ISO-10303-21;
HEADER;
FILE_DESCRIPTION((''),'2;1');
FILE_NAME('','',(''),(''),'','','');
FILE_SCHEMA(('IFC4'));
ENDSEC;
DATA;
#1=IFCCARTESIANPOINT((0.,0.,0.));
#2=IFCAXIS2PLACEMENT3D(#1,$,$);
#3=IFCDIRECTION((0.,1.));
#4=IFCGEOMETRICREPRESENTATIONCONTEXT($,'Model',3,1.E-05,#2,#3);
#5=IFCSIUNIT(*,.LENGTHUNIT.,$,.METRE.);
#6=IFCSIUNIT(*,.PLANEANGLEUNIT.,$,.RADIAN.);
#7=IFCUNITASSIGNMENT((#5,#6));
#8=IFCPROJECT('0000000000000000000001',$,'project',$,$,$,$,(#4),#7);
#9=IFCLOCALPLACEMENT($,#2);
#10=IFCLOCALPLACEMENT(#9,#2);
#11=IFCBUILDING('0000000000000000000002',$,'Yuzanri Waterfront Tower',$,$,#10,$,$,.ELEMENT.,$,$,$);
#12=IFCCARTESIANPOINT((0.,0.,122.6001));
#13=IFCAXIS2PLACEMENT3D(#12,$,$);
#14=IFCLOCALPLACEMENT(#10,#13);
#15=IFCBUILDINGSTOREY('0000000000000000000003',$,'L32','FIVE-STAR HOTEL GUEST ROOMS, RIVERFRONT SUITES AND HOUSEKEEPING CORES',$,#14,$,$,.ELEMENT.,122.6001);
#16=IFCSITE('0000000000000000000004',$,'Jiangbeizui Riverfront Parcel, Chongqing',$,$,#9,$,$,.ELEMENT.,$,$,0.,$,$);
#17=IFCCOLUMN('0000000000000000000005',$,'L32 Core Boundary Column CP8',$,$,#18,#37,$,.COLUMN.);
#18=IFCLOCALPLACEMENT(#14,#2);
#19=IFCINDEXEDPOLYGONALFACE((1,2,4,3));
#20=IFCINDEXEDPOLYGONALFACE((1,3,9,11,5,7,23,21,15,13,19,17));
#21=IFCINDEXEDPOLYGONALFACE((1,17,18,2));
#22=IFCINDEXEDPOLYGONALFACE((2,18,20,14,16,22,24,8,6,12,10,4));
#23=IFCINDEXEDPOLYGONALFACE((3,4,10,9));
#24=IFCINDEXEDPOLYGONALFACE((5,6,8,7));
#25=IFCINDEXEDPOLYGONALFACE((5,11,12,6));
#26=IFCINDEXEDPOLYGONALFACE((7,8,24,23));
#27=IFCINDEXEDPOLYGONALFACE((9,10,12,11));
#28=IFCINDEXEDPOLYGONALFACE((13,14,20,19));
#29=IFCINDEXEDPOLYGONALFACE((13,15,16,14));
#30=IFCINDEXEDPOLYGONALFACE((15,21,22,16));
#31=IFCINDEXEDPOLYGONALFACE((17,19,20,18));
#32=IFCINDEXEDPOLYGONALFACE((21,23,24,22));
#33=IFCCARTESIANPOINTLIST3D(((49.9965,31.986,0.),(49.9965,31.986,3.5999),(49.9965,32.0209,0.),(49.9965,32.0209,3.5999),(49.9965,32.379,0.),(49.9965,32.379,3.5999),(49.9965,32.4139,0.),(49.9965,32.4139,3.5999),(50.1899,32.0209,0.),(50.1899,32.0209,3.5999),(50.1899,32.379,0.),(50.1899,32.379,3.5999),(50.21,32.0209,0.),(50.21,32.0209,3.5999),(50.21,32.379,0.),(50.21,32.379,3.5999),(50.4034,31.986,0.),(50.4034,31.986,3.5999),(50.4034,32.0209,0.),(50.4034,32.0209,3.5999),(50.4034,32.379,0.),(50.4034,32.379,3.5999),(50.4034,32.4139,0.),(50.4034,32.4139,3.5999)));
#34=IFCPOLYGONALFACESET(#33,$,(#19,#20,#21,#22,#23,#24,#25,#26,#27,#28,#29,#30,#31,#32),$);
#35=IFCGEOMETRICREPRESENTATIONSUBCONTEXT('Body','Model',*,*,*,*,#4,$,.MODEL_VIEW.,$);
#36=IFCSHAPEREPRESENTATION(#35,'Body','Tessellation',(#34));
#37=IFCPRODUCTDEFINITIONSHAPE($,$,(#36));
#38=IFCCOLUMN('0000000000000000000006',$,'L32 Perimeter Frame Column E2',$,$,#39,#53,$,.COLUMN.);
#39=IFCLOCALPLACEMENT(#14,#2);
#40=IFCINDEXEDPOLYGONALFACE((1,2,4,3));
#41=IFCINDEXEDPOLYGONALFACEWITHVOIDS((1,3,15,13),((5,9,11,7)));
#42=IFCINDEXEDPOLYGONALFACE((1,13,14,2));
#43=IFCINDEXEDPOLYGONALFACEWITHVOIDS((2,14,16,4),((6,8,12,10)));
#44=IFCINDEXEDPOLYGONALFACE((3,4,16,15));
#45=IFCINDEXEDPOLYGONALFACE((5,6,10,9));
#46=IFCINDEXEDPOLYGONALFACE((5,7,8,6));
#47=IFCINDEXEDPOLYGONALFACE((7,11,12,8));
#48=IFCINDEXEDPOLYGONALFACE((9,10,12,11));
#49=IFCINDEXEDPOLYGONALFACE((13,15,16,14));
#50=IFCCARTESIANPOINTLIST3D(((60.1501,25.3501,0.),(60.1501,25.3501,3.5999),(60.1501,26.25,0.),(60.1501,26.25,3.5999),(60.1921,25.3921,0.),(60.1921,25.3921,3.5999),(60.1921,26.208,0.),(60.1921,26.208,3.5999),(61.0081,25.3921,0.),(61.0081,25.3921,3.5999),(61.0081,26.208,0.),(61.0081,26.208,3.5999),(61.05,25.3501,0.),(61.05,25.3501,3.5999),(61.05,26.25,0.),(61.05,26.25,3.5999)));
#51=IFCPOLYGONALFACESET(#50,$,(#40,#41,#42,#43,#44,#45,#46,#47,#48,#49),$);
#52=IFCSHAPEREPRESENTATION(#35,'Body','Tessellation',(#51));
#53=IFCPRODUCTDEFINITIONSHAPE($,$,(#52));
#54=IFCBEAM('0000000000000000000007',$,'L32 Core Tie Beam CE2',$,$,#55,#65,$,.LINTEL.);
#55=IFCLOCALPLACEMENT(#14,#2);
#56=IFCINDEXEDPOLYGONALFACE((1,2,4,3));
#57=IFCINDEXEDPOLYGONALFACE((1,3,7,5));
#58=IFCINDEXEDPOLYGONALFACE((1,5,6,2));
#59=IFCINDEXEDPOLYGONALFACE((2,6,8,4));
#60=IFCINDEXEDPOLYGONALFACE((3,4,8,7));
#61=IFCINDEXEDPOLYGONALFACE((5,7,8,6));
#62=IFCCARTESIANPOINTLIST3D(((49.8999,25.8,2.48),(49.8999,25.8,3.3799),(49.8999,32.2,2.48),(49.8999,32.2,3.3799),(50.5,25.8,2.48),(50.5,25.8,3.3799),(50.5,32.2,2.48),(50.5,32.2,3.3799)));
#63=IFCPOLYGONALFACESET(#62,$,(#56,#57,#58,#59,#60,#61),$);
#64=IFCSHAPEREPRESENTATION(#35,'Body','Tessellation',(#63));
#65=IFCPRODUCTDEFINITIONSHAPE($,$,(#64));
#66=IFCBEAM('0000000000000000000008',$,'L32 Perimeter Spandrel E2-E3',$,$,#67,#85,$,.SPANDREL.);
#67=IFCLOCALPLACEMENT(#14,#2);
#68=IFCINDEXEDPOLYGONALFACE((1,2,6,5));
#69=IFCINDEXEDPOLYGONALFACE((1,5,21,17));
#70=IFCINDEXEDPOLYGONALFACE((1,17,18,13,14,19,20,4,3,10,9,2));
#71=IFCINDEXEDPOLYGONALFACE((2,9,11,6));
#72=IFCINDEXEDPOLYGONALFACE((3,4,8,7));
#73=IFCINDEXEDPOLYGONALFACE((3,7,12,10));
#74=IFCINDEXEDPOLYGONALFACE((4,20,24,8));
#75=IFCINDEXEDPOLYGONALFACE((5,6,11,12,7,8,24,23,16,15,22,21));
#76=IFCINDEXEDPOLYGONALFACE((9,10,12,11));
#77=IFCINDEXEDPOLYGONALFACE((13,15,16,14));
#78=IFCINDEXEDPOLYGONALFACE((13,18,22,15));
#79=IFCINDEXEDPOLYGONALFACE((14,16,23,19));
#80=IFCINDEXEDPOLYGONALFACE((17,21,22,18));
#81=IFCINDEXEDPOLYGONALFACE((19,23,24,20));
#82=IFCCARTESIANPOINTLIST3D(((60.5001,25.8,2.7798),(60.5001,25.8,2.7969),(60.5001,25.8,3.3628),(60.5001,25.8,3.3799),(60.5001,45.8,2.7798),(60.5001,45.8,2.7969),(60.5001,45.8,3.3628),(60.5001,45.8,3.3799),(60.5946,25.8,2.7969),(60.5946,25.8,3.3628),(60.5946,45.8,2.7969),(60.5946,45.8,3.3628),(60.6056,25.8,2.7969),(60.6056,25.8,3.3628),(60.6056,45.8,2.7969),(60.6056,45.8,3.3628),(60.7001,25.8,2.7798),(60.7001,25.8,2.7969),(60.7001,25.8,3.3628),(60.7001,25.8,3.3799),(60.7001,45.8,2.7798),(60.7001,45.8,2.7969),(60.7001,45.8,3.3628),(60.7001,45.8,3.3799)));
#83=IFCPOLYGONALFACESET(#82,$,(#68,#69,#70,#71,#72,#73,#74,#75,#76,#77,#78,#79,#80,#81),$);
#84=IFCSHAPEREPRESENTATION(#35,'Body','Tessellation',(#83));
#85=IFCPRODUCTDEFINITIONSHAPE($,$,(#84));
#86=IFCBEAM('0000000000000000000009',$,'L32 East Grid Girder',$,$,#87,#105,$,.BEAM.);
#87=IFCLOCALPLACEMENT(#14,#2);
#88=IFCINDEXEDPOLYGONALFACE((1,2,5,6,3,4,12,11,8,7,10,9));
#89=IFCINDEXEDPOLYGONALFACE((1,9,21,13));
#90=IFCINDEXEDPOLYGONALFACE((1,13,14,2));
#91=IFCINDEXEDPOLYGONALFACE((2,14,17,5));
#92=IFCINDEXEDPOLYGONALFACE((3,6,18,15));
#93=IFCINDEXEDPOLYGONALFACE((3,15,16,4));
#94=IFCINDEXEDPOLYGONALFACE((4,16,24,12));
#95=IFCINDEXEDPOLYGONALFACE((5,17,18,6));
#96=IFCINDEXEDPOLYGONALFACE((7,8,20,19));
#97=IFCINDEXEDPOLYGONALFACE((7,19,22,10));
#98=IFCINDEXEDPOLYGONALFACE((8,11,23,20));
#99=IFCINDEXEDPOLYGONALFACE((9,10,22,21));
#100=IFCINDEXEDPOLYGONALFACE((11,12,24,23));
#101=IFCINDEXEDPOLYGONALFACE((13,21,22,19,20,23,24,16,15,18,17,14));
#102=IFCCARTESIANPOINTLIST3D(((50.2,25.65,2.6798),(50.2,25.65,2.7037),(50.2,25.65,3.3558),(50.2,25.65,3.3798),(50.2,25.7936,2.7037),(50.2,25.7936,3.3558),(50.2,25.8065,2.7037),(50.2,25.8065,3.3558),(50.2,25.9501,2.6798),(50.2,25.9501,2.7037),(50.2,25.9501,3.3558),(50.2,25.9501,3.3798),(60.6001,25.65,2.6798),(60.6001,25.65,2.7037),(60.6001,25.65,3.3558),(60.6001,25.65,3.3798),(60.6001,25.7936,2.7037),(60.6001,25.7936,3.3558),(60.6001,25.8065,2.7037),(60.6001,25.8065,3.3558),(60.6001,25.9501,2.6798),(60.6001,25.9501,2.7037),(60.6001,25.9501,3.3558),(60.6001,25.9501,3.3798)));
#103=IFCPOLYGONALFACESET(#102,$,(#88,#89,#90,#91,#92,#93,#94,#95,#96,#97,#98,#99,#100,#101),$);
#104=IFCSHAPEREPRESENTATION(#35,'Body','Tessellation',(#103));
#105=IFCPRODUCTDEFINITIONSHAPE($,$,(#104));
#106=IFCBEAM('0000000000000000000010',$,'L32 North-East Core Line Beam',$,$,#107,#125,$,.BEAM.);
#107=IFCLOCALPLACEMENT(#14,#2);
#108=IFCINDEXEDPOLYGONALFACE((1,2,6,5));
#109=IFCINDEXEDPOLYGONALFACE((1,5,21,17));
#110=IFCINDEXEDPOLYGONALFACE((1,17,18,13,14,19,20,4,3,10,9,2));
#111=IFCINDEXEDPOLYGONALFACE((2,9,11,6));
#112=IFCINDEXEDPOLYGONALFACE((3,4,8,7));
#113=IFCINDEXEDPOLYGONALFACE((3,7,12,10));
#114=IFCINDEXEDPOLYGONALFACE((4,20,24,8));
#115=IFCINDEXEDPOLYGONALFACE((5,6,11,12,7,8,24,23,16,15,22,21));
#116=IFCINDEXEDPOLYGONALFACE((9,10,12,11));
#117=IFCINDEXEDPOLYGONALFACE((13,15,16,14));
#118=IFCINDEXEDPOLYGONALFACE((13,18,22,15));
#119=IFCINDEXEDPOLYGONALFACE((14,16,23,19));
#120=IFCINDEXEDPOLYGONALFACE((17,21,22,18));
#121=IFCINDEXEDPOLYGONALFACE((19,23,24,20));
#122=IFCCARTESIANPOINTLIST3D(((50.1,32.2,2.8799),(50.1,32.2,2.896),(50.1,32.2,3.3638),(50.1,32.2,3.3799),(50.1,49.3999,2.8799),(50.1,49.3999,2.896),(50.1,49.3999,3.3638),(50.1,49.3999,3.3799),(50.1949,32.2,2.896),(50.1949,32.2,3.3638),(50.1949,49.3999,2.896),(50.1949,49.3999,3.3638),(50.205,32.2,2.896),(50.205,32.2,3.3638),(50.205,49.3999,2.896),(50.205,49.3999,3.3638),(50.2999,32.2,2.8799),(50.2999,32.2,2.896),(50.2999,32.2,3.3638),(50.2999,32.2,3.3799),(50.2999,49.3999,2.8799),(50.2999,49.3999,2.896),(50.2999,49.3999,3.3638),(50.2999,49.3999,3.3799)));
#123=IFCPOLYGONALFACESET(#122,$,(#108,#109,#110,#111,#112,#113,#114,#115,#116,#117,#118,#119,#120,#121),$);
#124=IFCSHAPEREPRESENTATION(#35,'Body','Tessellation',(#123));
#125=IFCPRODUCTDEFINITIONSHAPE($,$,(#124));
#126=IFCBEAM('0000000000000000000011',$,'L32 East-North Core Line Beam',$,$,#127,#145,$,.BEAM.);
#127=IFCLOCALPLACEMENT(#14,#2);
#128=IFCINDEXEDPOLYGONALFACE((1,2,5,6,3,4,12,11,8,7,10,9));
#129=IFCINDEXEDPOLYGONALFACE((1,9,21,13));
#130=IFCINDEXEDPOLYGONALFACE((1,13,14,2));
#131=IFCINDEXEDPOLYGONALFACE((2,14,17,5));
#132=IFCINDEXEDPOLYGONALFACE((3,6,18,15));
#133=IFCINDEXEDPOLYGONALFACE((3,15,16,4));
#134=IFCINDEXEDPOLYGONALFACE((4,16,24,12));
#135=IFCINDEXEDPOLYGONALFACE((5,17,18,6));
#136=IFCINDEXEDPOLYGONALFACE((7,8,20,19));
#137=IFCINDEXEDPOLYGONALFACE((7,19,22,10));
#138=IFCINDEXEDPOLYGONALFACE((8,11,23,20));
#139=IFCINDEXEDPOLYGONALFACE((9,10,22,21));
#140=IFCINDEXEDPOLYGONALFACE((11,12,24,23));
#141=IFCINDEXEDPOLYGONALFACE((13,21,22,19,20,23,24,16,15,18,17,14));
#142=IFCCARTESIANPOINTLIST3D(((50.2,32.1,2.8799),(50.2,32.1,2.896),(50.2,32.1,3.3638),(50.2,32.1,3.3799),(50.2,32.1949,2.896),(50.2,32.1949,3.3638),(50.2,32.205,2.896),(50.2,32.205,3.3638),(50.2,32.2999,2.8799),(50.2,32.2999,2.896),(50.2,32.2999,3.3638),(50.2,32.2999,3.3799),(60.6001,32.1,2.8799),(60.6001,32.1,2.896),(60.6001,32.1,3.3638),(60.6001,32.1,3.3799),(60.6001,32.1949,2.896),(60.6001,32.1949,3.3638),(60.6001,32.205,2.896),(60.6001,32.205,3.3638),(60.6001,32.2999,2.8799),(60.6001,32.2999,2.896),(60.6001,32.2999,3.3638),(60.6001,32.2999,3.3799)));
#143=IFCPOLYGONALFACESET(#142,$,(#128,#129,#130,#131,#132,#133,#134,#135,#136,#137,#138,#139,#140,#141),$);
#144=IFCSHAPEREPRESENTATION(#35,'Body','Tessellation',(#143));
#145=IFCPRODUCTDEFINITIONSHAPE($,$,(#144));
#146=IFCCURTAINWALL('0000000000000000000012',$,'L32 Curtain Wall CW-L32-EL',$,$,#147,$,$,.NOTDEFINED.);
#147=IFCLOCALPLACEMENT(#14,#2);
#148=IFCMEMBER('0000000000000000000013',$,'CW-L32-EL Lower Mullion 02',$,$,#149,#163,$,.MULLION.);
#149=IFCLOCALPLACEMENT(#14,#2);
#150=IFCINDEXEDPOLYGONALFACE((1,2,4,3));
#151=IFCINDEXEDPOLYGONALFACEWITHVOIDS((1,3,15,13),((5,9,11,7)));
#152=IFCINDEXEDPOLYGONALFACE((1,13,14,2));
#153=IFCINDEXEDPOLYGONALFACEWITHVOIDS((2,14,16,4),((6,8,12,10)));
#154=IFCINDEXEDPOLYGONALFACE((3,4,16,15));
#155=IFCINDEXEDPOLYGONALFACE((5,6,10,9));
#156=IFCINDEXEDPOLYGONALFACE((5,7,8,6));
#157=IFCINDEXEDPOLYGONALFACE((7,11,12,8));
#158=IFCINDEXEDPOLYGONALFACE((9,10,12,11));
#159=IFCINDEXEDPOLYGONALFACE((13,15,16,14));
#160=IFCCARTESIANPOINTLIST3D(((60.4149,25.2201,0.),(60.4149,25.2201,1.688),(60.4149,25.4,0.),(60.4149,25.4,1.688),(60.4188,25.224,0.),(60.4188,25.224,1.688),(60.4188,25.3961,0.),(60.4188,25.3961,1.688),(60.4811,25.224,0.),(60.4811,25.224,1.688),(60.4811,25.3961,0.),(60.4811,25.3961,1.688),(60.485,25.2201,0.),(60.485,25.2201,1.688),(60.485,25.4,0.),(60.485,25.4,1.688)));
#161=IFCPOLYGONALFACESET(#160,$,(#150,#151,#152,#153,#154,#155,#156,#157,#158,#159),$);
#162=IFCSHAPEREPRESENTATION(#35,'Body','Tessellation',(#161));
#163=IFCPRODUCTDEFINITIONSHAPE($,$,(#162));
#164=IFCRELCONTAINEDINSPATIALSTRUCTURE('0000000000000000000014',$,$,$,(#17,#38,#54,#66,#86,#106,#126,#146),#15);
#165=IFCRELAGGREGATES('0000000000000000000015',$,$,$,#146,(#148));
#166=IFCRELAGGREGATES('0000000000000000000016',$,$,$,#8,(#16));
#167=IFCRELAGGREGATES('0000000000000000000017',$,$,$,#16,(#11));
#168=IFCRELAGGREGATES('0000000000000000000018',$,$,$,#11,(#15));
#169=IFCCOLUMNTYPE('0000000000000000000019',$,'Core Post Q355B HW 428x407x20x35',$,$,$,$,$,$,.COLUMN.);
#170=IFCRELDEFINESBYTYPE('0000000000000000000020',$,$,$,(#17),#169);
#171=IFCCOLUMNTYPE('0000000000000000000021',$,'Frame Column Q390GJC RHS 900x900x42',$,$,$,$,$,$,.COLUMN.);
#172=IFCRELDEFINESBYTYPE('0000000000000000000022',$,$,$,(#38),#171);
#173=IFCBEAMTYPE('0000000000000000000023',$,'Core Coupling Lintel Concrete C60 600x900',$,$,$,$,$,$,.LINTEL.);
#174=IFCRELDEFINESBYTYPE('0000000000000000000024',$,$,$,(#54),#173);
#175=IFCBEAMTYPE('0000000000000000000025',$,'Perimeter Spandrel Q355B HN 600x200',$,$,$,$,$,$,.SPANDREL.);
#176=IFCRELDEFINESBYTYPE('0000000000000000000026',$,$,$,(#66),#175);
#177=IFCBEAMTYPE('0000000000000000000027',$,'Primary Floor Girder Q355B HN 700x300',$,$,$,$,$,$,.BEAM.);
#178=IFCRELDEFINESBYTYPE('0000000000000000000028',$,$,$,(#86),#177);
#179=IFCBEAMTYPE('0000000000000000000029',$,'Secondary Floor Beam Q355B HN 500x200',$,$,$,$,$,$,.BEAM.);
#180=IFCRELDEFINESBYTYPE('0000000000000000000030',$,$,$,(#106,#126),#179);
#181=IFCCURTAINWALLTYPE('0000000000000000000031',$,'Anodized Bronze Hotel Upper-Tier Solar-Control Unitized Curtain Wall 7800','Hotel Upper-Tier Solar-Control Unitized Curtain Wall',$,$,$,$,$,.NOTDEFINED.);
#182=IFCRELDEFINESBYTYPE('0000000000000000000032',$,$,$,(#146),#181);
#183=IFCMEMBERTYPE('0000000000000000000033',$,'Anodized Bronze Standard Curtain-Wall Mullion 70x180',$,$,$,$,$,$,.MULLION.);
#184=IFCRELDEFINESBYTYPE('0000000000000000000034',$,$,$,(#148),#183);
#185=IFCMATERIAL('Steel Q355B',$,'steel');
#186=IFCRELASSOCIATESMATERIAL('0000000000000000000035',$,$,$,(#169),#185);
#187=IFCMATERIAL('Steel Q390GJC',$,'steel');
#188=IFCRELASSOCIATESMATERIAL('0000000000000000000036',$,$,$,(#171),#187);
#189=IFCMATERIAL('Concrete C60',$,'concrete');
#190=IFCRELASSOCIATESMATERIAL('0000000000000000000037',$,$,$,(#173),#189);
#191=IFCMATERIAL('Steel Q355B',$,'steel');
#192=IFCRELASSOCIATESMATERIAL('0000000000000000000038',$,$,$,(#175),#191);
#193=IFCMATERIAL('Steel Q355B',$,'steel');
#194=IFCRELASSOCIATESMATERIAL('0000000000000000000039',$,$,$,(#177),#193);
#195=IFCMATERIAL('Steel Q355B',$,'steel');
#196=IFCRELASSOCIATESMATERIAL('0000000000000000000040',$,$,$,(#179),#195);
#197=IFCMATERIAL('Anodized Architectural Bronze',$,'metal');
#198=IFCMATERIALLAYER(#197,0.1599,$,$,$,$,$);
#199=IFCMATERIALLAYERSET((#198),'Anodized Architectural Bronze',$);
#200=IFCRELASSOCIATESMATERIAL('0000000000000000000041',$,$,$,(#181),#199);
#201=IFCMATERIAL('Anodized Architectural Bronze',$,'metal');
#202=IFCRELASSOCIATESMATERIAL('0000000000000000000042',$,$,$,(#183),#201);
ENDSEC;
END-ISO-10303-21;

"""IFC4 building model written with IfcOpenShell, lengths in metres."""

from ifc_helpers import new_model, si_unit, direction, frame, origin, origin_2d, place, context, subcontext, project, spatial, rectangle, hollow_rectangle, i_section, extrude, source, transform, mapped, material, layer, layer_set, material_profile, profile_set, type_object, element, aggregate, save


model = new_model("IFC4")

# Units and contexts
model_context = context("Model", 3, precision=1e-05, world=origin(), true_north=direction((0.0, 1.0)))
body_context = subcontext(model_context, "Body", "Model", "MODEL_VIEW")
ifc_project = project(units=[si_unit("LENGTHUNIT", "METRE"), si_unit("PLANEANGLEUNIT", "RADIAN")], contexts=[model_context])

# Site, building, storey
site_placement = place(None, origin())
site = spatial("IfcSite", under=ifc_project, at=site_placement, Name="Jiangbeizui Riverfront Parcel, Chongqing", CompositionType="ELEMENT", RefElevation=0.0)
building_placement = place(site_placement, origin())
building = spatial("IfcBuilding", under=site, at=building_placement, Name="Yuzanri Waterfront Tower", CompositionType="ELEMENT")
storey_placement = place(building_placement, frame((0.0, 0.0, 122.6001)))
storey = spatial("IfcBuildingStorey", under=building, at=storey_placement, Name="L32", Description="FIVE-STAR HOTEL GUEST ROOMS, RIVERFRONT SUITES AND HOUSEKEEPING CORES", CompositionType="ELEMENT", Elevation=122.6001)

# Columns
ifc_material_1 = material(Name="Steel Q355B", Category="steel")
ifc_material_profile_1 = material_profile(ifc_material_1, i_section(OverallWidth=0.407, OverallDepth=0.428, WebThickness=0.02, FlangeThickness=0.0349, at=origin_2d()), Name="HW 428x407x20x35")
ifc_profile_set_1 = profile_set([ifc_material_profile_1], Name="Steel Q355B")
column_type_1 = type_object("IfcColumnType", Name="Core Post Q355B HW 428x407x20x35", PredefinedType="COLUMN", material=ifc_profile_set_1)
shared_shape_1 = source(origin(), body_context, "Body", "SweptSolid", [
    extrude(i_section(OverallWidth=0.407, OverallDepth=0.428, WebThickness=0.02, FlangeThickness=0.0349, at=origin_2d()), origin(), (0.0, 0.0, 1.0), 3.5999),
])
column_1_placement = place(storey_placement, frame((50.2, 32.2, 0.0), z_axis=(0.0, 0.0, 1.0), x_axis=(1.0, 0.0, 0.0)))
element("IfcColumn", 1, at=column_1_placement, inside=storey, type_object=column_type_1, Name="L32 Core Boundary Column CP8", PredefinedType="COLUMN", context=body_context, shape_type="MappedRepresentation", body=[
    mapped(shared_shape_1, transform((0.0, 0.0, 0.0), scale=1.0)),
])
ifc_material_2 = material(Name="Steel Q390GJC", Category="steel")
ifc_material_profile_2 = material_profile(ifc_material_2, hollow_rectangle(XDim=0.8999, YDim=0.8999, WallThickness=0.042, at=origin_2d()), Name="RHS 900x900x42")
ifc_profile_set_2 = profile_set([ifc_material_profile_2], Name="Steel Q390GJC")
column_type_2 = type_object("IfcColumnType", Name="Frame Column Q390GJC RHS 900x900x42", PredefinedType="COLUMN", material=ifc_profile_set_2)
shared_shape_2 = source(origin(), body_context, "Body", "SweptSolid", [
    extrude(hollow_rectangle(XDim=0.8999, YDim=0.8999, WallThickness=0.042, at=origin_2d()), origin(), (0.0, 0.0, 1.0), 3.5999),
])
column_2_placement = place(storey_placement, frame((60.6001, 25.8, 0.0), z_axis=(0.0, 0.0, 1.0), x_axis=(1.0, 0.0, 0.0)))
element("IfcColumn", 2, at=column_2_placement, inside=storey, type_object=column_type_2, Name="L32 Perimeter Frame Column E2", PredefinedType="COLUMN", context=body_context, shape_type="MappedRepresentation", body=[
    mapped(shared_shape_2, transform((0.0, 0.0, 0.0), scale=1.0)),
])

# Beams
ifc_material_3 = material(Name="Concrete C60", Category="concrete")
ifc_material_profile_3 = material_profile(ifc_material_3, rectangle(XDim=0.6001, YDim=0.8999, at=origin_2d()), Name="RC 600x900")
ifc_profile_set_3 = profile_set([ifc_material_profile_3], Name="Concrete C60")
beam_type_1 = type_object("IfcBeamType", Name="Core Coupling Lintel Concrete C60 600x900", PredefinedType="LINTEL", material=ifc_profile_set_3)
shared_shape_3 = source(origin(), body_context, "Body", "SweptSolid", [
    extrude(rectangle(XDim=0.6001, YDim=0.8999, at=origin_2d()), origin(), (0.0, 0.0, 1.0), 6.3999),
])
beam_1_placement = place(storey_placement, frame((50.2, 25.8, 2.9299), z_axis=(0.0, 1.0, 0.0), x_axis=(-1.0, 0.0, 0.0)))
element("IfcBeam", 3, at=beam_1_placement, inside=storey, type_object=beam_type_1, Name="L32 Core Tie Beam CE2", PredefinedType="LINTEL", context=body_context, shape_type="MappedRepresentation", body=[
    mapped(shared_shape_3, transform((0.0, 0.0, 0.0), scale=1.0)),
])
ifc_material_4 = material(Name="Steel Q355B", Category="steel")
ifc_material_profile_4 = material_profile(ifc_material_4, i_section(OverallWidth=0.2, OverallDepth=0.6001, WebThickness=0.011, FlangeThickness=0.0171, at=origin_2d()), Name="HN 600x200x11x17")
ifc_profile_set_4 = profile_set([ifc_material_profile_4], Name="Steel Q355B")
beam_type_2 = type_object("IfcBeamType", Name="Perimeter Spandrel Q355B HN 600x200", PredefinedType="SPANDREL", material=ifc_profile_set_4)
shared_shape_4 = source(origin(), body_context, "Body", "SweptSolid", [
    extrude(i_section(OverallWidth=0.2, OverallDepth=0.6001, WebThickness=0.011, FlangeThickness=0.0171, at=origin_2d()), origin(), (0.0, 0.0, 1.0), 20.0),
])
beam_2_placement = place(storey_placement, frame((60.6001, 25.8, 3.0798), z_axis=(0.0, 1.0, 0.0), x_axis=(-1.0, 0.0, 0.0)))
element("IfcBeam", 4, at=beam_2_placement, inside=storey, type_object=beam_type_2, Name="L32 Perimeter Spandrel E2-E3", PredefinedType="SPANDREL", context=body_context, shape_type="MappedRepresentation", body=[
    mapped(shared_shape_4, transform((0.0, 0.0, 0.0), scale=1.0)),
])
ifc_material_5 = material(Name="Steel Q355B", Category="steel")
ifc_material_profile_5 = material_profile(ifc_material_5, i_section(OverallWidth=0.3, OverallDepth=0.7, WebThickness=0.0129, FlangeThickness=0.0239, at=origin_2d()), Name="HN 700x300x13x24")
ifc_profile_set_5 = profile_set([ifc_material_profile_5], Name="Steel Q355B")
beam_type_3 = type_object("IfcBeamType", Name="Primary Floor Girder Q355B HN 700x300", PredefinedType="BEAM", material=ifc_profile_set_5)
shared_shape_5 = source(origin(), body_context, "Body", "SweptSolid", [
    extrude(i_section(OverallWidth=0.3, OverallDepth=0.7, WebThickness=0.0129, FlangeThickness=0.0239, at=origin_2d()), origin(), (0.0, 0.0, 1.0), 10.4001),
])
beam_3_placement = place(storey_placement, frame((50.2, 25.8, 3.0298), z_axis=(1.0, 0.0, 0.0), x_axis=(0.0, 1.0, 0.0)))
element("IfcBeam", 5, at=beam_3_placement, inside=storey, type_object=beam_type_3, Name="L32 East Grid Girder", PredefinedType="BEAM", context=body_context, shape_type="MappedRepresentation", body=[
    mapped(shared_shape_5, transform((0.0, 0.0, 0.0), scale=1.0)),
])
ifc_material_6 = material(Name="Steel Q355B", Category="steel")
ifc_material_profile_6 = material_profile(ifc_material_6, i_section(OverallWidth=0.2, OverallDepth=0.5, WebThickness=0.01, FlangeThickness=0.0161, at=origin_2d()), Name="HN 500x200x10x16")
ifc_profile_set_6 = profile_set([ifc_material_profile_6], Name="Steel Q355B")
beam_type_4 = type_object("IfcBeamType", Name="Secondary Floor Beam Q355B HN 500x200", PredefinedType="BEAM", material=ifc_profile_set_6)
shared_shape_6 = source(origin(), body_context, "Body", "SweptSolid", [
    extrude(i_section(OverallWidth=0.2, OverallDepth=0.5, WebThickness=0.01, FlangeThickness=0.0161, at=origin_2d()), origin(), (0.0, 0.0, 1.0), 17.2),
])
beam_4_placement = place(storey_placement, frame((50.2, 32.2, 3.1299), z_axis=(0.0, 1.0, 0.0), x_axis=(-1.0, 0.0, 0.0)))
element("IfcBeam", 6, at=beam_4_placement, inside=storey, type_object=beam_type_4, Name="L32 North-East Core Line Beam", PredefinedType="BEAM", context=body_context, shape_type="MappedRepresentation", body=[
    mapped(shared_shape_6, transform((0.0, 0.0, 0.0), scale=1.0)),
])
shared_shape_7 = source(origin(), body_context, "Body", "SweptSolid", [
    extrude(i_section(OverallWidth=0.2, OverallDepth=0.5, WebThickness=0.01, FlangeThickness=0.0161, at=origin_2d()), origin(), (0.0, 0.0, 1.0), 10.4001),
])
beam_5_placement = place(storey_placement, frame((50.2, 32.2, 3.1299), z_axis=(1.0, 0.0, 0.0), x_axis=(0.0, 1.0, 0.0)))
element("IfcBeam", 7, at=beam_5_placement, inside=storey, type_object=beam_type_4, Name="L32 East-North Core Line Beam", PredefinedType="BEAM", context=body_context, shape_type="MappedRepresentation", body=[
    mapped(shared_shape_7, transform((0.0, 0.0, 0.0), scale=1.0)),
])

# Curtain wall, member
ifc_material_7 = material(Name="Anodized Architectural Bronze", Category="metal")
ifc_layer_1 = layer(ifc_material_7, 0.1599)
ifc_layer_set_1 = layer_set([ifc_layer_1], Name="Anodized Architectural Bronze")
curtain_wall_type = type_object("IfcCurtainWallType", Name="Anodized Bronze Hotel Upper-Tier Solar-Control Unitized Curtain Wall 7800", Description="Hotel Upper-Tier Solar-Control Unitized Curtain Wall", PredefinedType="NOTDEFINED", material=ifc_layer_set_1)
curtain_wall_1_placement = place(storey_placement, origin())
curtain_wall_1 = element("IfcCurtainWall", 8, at=curtain_wall_1_placement, inside=storey, type_object=curtain_wall_type, Name="L32 Curtain Wall CW-L32-EL", PredefinedType="NOTDEFINED")
ifc_material_8 = material(Name="Anodized Architectural Bronze", Category="metal")
ifc_material_profile_7 = material_profile(ifc_material_8, hollow_rectangle(XDim=0.0701, YDim=0.1799, WallThickness=0.0039, at=origin_2d()), Name="CWM 70x180")
ifc_profile_set_7 = profile_set([ifc_material_profile_7], Name="Anodized Architectural Bronze")
member_type_1 = type_object("IfcMemberType", Name="Anodized Bronze Standard Curtain-Wall Mullion 70x180", PredefinedType="MULLION", material=ifc_profile_set_7)
shared_shape_8 = source(origin(), body_context, "Body", "SweptSolid", [
    extrude(hollow_rectangle(XDim=0.0701, YDim=0.1799, WallThickness=0.0039, at=origin_2d()), origin(), (0.0, 0.0, 1.0), 1.688),
])
member_1_placement = place(storey_placement, frame((60.45, 25.3101, 0.0), z_axis=(0.0, 0.0, 1.0), x_axis=(1.0, 0.0, 0.0)))
member_1 = element("IfcMember", 9, at=member_1_placement, type_object=member_type_1, Name="CW-L32-EL Lower Mullion 02", PredefinedType="MULLION", context=body_context, shape_type="MappedRepresentation", body=[
    mapped(shared_shape_8, transform((0.0, 0.0, 0.0), scale=1.0)),
])
aggregate(curtain_wall_1, [member_1])

save(model, "model.ifc")
